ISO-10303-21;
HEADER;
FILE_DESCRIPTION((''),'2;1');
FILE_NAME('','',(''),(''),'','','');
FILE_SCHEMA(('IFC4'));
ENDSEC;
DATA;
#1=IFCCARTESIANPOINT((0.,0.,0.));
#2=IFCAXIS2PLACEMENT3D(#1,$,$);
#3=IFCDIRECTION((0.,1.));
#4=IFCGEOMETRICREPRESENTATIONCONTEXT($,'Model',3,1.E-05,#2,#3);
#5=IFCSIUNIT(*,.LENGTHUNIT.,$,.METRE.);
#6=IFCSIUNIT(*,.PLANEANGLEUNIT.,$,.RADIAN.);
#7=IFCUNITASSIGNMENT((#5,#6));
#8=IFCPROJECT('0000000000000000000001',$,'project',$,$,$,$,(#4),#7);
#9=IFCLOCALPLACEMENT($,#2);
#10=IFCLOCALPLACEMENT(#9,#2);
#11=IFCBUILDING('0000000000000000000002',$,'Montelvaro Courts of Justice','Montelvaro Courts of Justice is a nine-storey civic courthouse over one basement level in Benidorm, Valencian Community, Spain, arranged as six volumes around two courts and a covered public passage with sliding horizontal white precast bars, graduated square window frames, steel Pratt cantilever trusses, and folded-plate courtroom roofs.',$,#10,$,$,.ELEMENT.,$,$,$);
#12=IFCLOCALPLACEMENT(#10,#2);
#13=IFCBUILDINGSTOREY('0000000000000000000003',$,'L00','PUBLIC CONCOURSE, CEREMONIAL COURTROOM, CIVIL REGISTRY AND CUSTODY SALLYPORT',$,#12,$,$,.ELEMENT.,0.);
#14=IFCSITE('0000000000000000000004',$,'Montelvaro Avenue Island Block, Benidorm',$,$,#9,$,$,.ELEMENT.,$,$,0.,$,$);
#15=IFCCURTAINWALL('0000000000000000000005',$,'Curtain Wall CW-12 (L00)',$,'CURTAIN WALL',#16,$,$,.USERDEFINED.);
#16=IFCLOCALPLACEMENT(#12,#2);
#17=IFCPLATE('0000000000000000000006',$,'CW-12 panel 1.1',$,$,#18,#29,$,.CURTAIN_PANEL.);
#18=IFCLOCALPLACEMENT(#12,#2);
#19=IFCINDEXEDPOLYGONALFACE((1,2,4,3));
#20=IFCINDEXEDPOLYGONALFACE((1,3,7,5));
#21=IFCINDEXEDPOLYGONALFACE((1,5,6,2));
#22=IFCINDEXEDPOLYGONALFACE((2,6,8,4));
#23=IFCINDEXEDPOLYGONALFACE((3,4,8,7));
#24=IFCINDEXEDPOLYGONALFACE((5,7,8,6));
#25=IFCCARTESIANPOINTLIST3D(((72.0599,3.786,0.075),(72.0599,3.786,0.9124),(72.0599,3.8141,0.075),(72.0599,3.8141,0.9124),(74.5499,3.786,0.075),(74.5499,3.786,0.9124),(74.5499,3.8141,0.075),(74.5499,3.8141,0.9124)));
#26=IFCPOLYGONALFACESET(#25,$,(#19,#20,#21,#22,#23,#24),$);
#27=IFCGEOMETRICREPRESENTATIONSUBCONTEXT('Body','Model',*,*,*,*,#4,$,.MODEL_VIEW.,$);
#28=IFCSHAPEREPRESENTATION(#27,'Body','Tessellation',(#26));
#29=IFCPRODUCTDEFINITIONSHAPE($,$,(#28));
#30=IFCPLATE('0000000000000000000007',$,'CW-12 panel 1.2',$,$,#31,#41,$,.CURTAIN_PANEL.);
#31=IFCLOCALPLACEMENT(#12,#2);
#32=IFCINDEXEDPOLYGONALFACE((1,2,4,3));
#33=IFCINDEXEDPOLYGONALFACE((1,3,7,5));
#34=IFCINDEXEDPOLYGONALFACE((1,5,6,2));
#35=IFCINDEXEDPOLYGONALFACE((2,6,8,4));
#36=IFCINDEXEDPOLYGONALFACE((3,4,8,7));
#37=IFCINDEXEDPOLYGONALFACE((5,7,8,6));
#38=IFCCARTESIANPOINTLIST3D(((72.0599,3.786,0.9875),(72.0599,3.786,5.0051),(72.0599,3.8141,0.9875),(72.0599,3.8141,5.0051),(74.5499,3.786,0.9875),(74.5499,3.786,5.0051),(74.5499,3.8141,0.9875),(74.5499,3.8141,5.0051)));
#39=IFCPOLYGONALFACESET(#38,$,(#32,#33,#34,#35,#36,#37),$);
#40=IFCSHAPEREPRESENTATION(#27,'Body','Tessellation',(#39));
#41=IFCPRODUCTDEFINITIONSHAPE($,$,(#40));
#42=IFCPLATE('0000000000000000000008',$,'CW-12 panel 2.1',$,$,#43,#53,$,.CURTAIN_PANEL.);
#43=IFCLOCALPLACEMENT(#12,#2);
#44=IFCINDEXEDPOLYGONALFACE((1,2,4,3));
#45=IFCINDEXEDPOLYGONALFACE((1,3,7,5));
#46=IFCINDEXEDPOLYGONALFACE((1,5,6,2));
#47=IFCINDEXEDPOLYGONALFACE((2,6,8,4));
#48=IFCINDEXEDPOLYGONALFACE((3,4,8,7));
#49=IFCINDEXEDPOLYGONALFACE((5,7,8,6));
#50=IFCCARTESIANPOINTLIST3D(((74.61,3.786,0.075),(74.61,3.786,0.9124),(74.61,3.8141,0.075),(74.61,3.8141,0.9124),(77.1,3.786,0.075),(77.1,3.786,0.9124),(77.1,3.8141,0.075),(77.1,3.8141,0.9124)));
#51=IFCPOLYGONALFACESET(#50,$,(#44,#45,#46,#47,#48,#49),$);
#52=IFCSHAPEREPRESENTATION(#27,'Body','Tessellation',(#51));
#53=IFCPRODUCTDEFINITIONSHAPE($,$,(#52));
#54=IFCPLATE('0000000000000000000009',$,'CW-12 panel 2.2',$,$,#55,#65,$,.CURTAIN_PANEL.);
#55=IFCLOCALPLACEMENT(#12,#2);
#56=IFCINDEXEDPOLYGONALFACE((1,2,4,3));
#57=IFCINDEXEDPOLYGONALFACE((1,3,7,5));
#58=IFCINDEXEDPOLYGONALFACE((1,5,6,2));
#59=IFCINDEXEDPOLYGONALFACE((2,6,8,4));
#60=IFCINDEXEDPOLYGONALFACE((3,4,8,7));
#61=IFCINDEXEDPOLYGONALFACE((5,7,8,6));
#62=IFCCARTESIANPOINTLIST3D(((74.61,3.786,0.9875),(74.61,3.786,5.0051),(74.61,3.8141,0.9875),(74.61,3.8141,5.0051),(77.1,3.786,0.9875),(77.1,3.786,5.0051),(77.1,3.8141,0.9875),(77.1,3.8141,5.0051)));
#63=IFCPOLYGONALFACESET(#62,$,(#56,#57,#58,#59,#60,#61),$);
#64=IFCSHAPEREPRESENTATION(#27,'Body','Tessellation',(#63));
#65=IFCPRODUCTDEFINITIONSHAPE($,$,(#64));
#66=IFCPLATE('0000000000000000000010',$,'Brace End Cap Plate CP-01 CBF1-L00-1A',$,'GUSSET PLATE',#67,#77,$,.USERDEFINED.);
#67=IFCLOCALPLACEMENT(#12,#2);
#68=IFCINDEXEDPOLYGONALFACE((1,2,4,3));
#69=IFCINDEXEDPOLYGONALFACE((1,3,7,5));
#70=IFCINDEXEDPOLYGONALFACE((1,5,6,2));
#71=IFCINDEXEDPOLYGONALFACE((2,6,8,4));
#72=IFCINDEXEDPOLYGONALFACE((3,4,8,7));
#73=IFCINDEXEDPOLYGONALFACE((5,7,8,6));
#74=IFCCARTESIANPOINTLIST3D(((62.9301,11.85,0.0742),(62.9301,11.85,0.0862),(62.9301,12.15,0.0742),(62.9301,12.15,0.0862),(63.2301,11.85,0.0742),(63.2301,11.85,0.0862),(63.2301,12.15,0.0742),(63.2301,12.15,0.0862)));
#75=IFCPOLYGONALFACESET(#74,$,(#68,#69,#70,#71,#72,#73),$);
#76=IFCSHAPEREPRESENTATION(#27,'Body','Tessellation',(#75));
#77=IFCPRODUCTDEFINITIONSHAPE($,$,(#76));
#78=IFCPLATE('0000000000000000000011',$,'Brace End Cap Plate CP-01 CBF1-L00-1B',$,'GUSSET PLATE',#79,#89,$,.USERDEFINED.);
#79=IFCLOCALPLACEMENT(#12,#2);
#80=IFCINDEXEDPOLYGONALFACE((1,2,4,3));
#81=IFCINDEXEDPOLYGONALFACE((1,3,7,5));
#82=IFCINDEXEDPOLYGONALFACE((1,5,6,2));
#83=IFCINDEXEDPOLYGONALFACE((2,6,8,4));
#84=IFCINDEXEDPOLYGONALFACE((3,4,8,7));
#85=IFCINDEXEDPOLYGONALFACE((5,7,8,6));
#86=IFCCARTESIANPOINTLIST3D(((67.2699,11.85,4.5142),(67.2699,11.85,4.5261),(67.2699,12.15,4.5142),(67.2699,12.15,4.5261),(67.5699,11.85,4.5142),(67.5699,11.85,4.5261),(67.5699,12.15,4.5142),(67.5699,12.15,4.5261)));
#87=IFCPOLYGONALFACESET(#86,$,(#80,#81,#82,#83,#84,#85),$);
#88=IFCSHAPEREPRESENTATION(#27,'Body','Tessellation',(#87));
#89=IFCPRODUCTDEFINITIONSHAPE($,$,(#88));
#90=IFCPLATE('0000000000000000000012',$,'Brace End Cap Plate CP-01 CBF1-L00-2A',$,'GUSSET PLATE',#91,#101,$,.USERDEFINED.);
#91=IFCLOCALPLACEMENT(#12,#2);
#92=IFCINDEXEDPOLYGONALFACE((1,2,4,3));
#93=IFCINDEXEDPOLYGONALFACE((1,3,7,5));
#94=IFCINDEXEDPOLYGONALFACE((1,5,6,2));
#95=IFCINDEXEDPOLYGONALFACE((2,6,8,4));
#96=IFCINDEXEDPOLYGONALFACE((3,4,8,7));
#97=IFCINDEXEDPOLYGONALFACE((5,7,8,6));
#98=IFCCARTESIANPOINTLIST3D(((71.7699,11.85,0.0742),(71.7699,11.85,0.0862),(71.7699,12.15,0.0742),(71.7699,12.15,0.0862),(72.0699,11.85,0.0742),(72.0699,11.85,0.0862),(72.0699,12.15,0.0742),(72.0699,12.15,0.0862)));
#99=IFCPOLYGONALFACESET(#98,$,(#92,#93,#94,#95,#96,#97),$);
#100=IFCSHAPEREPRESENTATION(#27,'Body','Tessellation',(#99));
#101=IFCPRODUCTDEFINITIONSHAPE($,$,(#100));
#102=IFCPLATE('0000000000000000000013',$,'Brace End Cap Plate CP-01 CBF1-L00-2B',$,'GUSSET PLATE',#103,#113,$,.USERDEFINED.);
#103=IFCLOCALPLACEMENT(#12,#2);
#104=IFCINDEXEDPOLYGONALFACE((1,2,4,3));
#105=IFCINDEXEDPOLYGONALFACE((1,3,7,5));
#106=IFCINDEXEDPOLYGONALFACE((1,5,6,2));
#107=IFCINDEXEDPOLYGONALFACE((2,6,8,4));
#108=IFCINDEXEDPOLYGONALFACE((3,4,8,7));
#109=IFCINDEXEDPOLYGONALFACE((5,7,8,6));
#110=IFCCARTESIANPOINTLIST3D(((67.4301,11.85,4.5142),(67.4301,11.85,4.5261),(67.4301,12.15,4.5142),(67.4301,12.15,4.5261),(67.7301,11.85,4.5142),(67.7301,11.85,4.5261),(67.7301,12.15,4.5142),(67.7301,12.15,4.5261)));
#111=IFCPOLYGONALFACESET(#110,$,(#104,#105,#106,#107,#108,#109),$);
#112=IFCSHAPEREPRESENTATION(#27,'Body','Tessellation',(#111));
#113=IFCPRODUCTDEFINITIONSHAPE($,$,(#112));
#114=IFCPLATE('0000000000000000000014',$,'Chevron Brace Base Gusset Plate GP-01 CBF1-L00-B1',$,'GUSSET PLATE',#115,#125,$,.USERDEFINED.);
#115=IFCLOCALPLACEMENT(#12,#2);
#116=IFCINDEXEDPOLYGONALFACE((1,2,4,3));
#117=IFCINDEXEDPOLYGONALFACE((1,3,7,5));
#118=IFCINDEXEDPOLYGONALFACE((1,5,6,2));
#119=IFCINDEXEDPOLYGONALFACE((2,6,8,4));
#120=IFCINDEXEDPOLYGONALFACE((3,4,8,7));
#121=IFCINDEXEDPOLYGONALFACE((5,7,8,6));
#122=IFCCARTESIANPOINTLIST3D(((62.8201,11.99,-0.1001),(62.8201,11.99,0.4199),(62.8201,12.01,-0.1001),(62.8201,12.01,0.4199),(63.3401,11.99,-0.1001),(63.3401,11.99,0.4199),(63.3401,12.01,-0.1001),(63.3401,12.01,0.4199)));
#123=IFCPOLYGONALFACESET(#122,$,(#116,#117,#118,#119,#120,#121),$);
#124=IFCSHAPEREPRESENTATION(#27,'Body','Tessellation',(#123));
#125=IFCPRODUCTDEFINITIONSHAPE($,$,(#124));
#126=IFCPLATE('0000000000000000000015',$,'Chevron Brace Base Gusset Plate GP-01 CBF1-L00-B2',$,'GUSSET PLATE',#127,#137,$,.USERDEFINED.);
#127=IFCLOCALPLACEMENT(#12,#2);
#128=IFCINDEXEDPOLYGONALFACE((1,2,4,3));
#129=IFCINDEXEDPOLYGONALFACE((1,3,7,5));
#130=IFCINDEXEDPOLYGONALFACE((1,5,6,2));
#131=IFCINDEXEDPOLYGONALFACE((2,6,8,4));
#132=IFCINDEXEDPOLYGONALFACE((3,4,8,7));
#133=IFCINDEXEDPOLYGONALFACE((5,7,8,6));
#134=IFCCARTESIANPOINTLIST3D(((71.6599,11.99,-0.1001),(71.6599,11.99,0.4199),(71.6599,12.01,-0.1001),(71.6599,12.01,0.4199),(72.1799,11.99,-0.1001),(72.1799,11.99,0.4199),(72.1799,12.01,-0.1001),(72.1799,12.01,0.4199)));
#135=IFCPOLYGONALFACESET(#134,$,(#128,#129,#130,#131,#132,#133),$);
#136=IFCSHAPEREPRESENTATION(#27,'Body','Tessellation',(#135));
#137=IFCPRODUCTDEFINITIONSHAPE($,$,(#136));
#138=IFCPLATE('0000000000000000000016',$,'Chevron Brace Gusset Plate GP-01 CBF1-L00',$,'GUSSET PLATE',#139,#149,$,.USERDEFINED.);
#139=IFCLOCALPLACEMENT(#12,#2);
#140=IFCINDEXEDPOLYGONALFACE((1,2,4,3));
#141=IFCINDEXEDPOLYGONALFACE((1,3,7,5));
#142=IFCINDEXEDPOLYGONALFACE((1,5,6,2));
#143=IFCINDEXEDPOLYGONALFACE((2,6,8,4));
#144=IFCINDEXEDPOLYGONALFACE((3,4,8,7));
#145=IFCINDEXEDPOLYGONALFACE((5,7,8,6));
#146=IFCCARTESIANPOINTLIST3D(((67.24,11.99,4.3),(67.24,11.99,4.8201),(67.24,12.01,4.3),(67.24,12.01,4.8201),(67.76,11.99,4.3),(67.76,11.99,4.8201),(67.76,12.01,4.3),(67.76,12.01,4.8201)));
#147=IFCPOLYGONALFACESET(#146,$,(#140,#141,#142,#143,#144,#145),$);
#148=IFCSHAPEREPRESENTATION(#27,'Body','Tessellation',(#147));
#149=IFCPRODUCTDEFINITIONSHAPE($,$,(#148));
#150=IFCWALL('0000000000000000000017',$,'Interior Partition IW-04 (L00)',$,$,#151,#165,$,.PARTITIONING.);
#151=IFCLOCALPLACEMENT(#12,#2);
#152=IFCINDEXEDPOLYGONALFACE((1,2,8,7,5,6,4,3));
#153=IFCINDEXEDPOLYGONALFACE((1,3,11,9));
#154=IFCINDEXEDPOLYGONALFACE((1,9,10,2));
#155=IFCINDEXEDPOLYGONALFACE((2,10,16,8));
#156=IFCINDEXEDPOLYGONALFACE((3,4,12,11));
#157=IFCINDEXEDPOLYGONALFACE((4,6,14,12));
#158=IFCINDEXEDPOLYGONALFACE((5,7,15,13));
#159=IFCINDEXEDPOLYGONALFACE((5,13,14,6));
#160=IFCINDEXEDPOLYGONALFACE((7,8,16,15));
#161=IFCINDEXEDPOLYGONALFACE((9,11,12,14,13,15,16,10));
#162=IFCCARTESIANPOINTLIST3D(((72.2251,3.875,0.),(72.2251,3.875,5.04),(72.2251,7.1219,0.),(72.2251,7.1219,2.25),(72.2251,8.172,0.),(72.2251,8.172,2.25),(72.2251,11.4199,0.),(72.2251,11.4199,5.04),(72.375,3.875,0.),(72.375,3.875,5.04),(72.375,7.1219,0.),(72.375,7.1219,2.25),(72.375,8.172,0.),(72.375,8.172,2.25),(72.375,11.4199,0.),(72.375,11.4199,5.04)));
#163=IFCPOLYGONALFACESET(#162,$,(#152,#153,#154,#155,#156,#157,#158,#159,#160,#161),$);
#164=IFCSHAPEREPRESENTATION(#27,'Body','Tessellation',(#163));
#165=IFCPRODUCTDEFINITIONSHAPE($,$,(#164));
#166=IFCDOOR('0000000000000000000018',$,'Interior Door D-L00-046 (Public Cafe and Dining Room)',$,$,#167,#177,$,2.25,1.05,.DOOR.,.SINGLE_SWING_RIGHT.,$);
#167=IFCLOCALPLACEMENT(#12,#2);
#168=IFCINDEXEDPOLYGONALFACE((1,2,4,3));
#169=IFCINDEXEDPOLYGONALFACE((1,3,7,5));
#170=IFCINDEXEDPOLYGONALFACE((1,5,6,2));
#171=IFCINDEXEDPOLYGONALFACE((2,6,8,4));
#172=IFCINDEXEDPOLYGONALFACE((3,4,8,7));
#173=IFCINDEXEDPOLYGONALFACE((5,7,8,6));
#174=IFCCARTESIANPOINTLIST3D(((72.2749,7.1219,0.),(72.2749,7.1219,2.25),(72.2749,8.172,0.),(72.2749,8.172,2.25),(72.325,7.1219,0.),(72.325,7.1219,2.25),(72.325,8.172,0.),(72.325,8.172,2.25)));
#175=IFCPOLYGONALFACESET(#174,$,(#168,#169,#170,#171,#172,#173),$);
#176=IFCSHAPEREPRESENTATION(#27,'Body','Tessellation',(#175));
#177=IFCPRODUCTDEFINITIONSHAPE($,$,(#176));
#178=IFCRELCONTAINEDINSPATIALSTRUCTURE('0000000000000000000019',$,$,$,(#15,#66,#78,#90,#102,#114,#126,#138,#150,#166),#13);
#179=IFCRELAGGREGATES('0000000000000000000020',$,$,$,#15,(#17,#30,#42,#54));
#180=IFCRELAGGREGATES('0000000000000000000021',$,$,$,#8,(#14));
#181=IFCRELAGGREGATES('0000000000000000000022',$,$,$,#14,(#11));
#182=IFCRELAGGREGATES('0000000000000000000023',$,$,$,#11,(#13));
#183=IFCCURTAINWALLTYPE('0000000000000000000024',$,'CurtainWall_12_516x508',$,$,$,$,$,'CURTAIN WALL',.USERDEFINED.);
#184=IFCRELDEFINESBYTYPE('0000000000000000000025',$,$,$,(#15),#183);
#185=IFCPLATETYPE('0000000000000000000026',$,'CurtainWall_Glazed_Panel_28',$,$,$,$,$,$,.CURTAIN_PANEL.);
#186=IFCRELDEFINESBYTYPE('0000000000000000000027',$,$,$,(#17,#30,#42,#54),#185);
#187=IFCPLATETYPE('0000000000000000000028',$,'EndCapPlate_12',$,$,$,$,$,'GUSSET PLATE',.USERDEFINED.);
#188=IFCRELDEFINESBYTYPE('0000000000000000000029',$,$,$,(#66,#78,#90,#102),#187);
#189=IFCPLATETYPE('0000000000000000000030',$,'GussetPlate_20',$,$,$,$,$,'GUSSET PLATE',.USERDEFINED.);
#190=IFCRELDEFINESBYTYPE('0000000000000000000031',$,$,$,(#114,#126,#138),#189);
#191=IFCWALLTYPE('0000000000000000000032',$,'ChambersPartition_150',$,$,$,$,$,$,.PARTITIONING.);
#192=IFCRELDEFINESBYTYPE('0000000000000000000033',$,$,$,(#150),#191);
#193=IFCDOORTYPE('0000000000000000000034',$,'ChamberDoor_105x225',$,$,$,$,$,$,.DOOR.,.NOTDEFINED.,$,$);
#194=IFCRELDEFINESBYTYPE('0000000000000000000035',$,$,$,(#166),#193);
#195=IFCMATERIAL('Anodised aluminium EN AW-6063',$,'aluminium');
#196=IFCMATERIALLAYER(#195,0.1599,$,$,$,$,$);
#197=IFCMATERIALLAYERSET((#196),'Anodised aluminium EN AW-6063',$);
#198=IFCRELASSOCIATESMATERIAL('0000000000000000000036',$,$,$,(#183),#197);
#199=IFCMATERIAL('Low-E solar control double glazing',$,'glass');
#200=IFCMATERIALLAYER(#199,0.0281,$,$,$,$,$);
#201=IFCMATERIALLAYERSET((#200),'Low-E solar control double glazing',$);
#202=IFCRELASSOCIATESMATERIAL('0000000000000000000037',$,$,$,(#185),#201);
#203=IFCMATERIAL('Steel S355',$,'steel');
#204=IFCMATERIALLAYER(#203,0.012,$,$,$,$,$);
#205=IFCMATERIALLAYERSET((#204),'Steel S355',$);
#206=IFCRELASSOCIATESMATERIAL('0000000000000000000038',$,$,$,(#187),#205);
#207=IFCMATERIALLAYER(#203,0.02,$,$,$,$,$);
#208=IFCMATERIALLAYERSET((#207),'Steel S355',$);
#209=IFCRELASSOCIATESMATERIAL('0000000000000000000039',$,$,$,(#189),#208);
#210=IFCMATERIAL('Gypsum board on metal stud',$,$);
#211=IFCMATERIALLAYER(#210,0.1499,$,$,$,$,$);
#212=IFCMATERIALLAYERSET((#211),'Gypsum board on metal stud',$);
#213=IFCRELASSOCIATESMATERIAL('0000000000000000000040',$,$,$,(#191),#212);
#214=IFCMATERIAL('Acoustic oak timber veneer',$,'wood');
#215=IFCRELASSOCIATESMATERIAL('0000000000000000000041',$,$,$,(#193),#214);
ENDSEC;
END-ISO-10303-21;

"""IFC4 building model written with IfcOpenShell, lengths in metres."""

from ifc_helpers import new_model, si_unit, direction, frame, frame_2d, origin, origin_2d, place, context, subcontext, project, spatial, rectangle, extrude, material, layer, layer_set, type_object, element, fill, aggregate, save


model = new_model("IFC4")

# Units and contexts
model_context = context("Model", 3, precision=1e-05, world=origin(), true_north=direction((0.0, 1.0)))
body_context = subcontext(model_context, "Body", "Model", "MODEL_VIEW")
ifc_project = project(units=[si_unit("LENGTHUNIT", "METRE"), si_unit("PLANEANGLEUNIT", "RADIAN")], contexts=[model_context])

# Site, building, storey
site_placement = place(None, origin())
site = spatial("IfcSite", under=ifc_project, at=site_placement, Name="Montelvaro Avenue Island Block, Benidorm", CompositionType="ELEMENT", RefElevation=0.0)
building_placement = place(site_placement, origin())
building = spatial("IfcBuilding", under=site, at=building_placement, Name="Montelvaro Courts of Justice", Description="Montelvaro Courts of Justice is a nine-storey civic courthouse over one basement level in Benidorm, Valencian Community, Spain, arranged as six volumes around two courts and a covered public passage with sliding horizontal white precast bars, graduated square window frames, steel Pratt cantilever trusses, and folded-plate courtroom roofs.", CompositionType="ELEMENT")
storey_placement = place(building_placement, origin())
storey = spatial("IfcBuildingStorey", under=building, at=storey_placement, Name="L00", Description="PUBLIC CONCOURSE, CEREMONIAL COURTROOM, CIVIL REGISTRY AND CUSTODY SALLYPORT", CompositionType="ELEMENT", Elevation=0.0)

# Shared definitions
ifc_material_1 = material(Name="Steel S355", Category="steel")

# Curtain wall
ifc_material_2 = material(Name="Anodised aluminium EN AW-6063", Category="aluminium")
ifc_layer_1 = layer(ifc_material_2, 0.1599)
ifc_layer_set_1 = layer_set([ifc_layer_1], Name="Anodised aluminium EN AW-6063")
curtain_wall_type = type_object("IfcCurtainWallType", Name="CurtainWall_12_516x508", ElementType="CURTAIN WALL", PredefinedType="USERDEFINED", material=ifc_layer_set_1)
curtain_wall_placement = place(storey_placement, origin())
curtain_wall = element("IfcCurtainWall", 1, at=curtain_wall_placement, inside=storey, type_object=curtain_wall_type, Name="Curtain Wall CW-12 (L00)", ObjectType="CURTAIN WALL", PredefinedType="USERDEFINED")

# Plates
ifc_material_3 = material(Name="Low-E solar control double glazing", Category="glass")
ifc_layer_2 = layer(ifc_material_3, 0.0281)
ifc_layer_set_2 = layer_set([ifc_layer_2], Name="Low-E solar control double glazing")
plate_type_1 = type_object("IfcPlateType", Name="CurtainWall_Glazed_Panel_28", PredefinedType="CURTAIN_PANEL", material=ifc_layer_set_2)
plate_1_placement = place(storey_placement, frame((73.3049, 3.8, 0.075), z_axis=(0.0, 0.0, 1.0), x_axis=(1.0, 0.0, 0.0)))
plate_1 = element("IfcPlate", 2, at=plate_1_placement, type_object=plate_type_1, Name="CW-12 panel 1.1", PredefinedType="CURTAIN_PANEL", context=body_context, shape_type="SweptSolid", body=[
    extrude(rectangle(XDim=2.49, YDim=0.0281, at=origin_2d()), origin(), (0.0, 0.0, 1.0), 0.8374),
])
plate_2_placement = place(storey_placement, frame((73.3049, 3.8, 0.9875), z_axis=(0.0, 0.0, 1.0), x_axis=(1.0, 0.0, 0.0)))
plate_2 = element("IfcPlate", 3, at=plate_2_placement, type_object=plate_type_1, Name="CW-12 panel 1.2", PredefinedType="CURTAIN_PANEL", context=body_context, shape_type="SweptSolid", body=[
    extrude(rectangle(XDim=2.49, YDim=0.0281, at=origin_2d()), origin(), (0.0, 0.0, 1.0), 4.0176),
])
plate_3_placement = place(storey_placement, frame((75.855, 3.8, 0.075), z_axis=(0.0, 0.0, 1.0), x_axis=(1.0, 0.0, 0.0)))
plate_3 = element("IfcPlate", 4, at=plate_3_placement, type_object=plate_type_1, Name="CW-12 panel 2.1", PredefinedType="CURTAIN_PANEL", context=body_context, shape_type="SweptSolid", body=[
    extrude(rectangle(XDim=2.49, YDim=0.0281, at=origin_2d()), origin(), (0.0, 0.0, 1.0), 0.8374),
])
plate_4_placement = place(storey_placement, frame((75.855, 3.8, 0.9875), z_axis=(0.0, 0.0, 1.0), x_axis=(1.0, 0.0, 0.0)))
plate_4 = element("IfcPlate", 5, at=plate_4_placement, type_object=plate_type_1, Name="CW-12 panel 2.2", PredefinedType="CURTAIN_PANEL", context=body_context, shape_type="SweptSolid", body=[
    extrude(rectangle(XDim=2.49, YDim=0.0281, at=origin_2d()), origin(), (0.0, 0.0, 1.0), 4.0176),
])
aggregate(curtain_wall, [plate_1, plate_2, plate_3, plate_4])

# Plates
ifc_layer_3 = layer(ifc_material_1, 0.012)
ifc_layer_set_3 = layer_set([ifc_layer_3], Name="Steel S355")
plate_type_2 = type_object("IfcPlateType", Name="EndCapPlate_12", ElementType="GUSSET PLATE", PredefinedType="USERDEFINED", material=ifc_layer_set_3)
for number, where, z_axis, x_axis, name in (
    (6, (63.0801, 12.0, 0.0742), (0.0, 0.0, 1.0), (1.0, 0.0, 0.0), "Brace End Cap Plate CP-01 CBF1-L00-1A"),
    (7, (67.4199, 12.0, 4.5142), (0.0, 0.0, 1.0), (1.0, 0.0, 0.0), "Brace End Cap Plate CP-01 CBF1-L00-1B"),
    (8, (71.9199, 12.0, 0.0742), (0.0, 0.0, 1.0), (1.0, 0.0, 0.0), "Brace End Cap Plate CP-01 CBF1-L00-2A"),
    (9, (67.5801, 12.0, 4.5142), (0.0, 0.0, 1.0), (1.0, 0.0, 0.0), "Brace End Cap Plate CP-01 CBF1-L00-2B"),
):
    element("IfcPlate", number, at=place(storey_placement, frame(where, z_axis=z_axis, x_axis=x_axis)), inside=storey, type_object=plate_type_2, Name=name, ObjectType="GUSSET PLATE", PredefinedType="USERDEFINED", context=body_context, shape_type="SweptSolid", body=[
        extrude(rectangle(XDim=0.3, YDim=0.3, at=origin_2d()), origin(), (0.0, 0.0, 1.0), 0.012),
    ])
ifc_layer_4 = layer(ifc_material_1, 0.02)
ifc_layer_set_4 = layer_set([ifc_layer_4], Name="Steel S355")
plate_type_3 = type_object("IfcPlateType", Name="GussetPlate_20", ElementType="GUSSET PLATE", PredefinedType="USERDEFINED", material=ifc_layer_set_4)
for number, where, z_axis, x_axis, name in (
    (10, (63.0801, 12.0, -0.1001), (0.0, 0.0, 1.0), (1.0, 0.0, 0.0), "Chevron Brace Base Gusset Plate GP-01 CBF1-L00-B1"),
    (11, (71.9199, 12.0, -0.1001), (0.0, 0.0, 1.0), (1.0, 0.0, 0.0), "Chevron Brace Base Gusset Plate GP-01 CBF1-L00-B2"),
    (12, (67.5, 12.0, 4.3), (0.0, 0.0, 1.0), (1.0, 0.0, 0.0), "Chevron Brace Gusset Plate GP-01 CBF1-L00"),
):
    element("IfcPlate", number, at=place(storey_placement, frame(where, z_axis=z_axis, x_axis=x_axis)), inside=storey, type_object=plate_type_3, Name=name, ObjectType="GUSSET PLATE", PredefinedType="USERDEFINED", context=body_context, shape_type="SweptSolid", body=[
        extrude(rectangle(XDim=0.52, YDim=0.02, at=origin_2d()), origin(), (0.0, 0.0, 1.0), 0.52),
    ])

# Wall, opening, door
ifc_material_4 = material(Name="Gypsum board on metal stud")
ifc_layer_5 = layer(ifc_material_4, 0.1499)
ifc_layer_set_5 = layer_set([ifc_layer_5], Name="Gypsum board on metal stud")
wall_type_1 = type_object("IfcWallType", Name="ChambersPartition_150", PredefinedType="PARTITIONING", material=ifc_layer_set_5)
wall_1_placement = place(storey_placement, frame((72.3, 11.4199, 0.0), z_axis=(0.0, 0.0, 1.0), x_axis=(0.0, -1.0, 0.0)))
wall_1 = element("IfcWall", 13, at=wall_1_placement, inside=storey, type_object=wall_type_1, Name="Interior Partition IW-04 (L00)", PredefinedType="PARTITIONING", context=body_context, shape_type="SweptSolid", body=[
    extrude(rectangle(XDim=7.5449, YDim=0.1499, at=frame_2d((3.7725, 0.0))), origin(), (0.0, 0.0, 1.0), 5.04),
])
opening_1_placement = place(wall_1_placement, frame((3.248, 0.0, 0.0)))
opening_1 = element("IfcOpeningElement", 14, at=opening_1_placement, cuts=wall_1, PredefinedType="OPENING", context=body_context, shape_type="SweptSolid", body=[
    extrude(rectangle(XDim=1.05, YDim=2.25, at=frame_2d((0.5249, 1.125))), frame((0.0, 0.0898, 0.0), z_axis=(0.0, -1.0, 0.0), x_axis=(1.0, 0.0, 0.0)), (0.0, 0.0, 1.0), 0.1797),
])
ifc_material_5 = material(Name="Acoustic oak timber veneer", Category="wood")
door_type_1 = type_object("IfcDoorType", Name="ChamberDoor_105x225", OperationType="NOTDEFINED", PredefinedType="DOOR", material=ifc_material_5)
door_1_placement = place(opening_1_placement, origin())
door_1 = element("IfcDoor", 15, at=door_1_placement, inside=storey, type_object=door_type_1, Name="Interior Door D-L00-046 (Public Cafe and Dining Room)", OperationType="SINGLE_SWING_RIGHT", OverallHeight=2.25, OverallWidth=1.05, PredefinedType="DOOR", context=body_context, shape_type="SweptSolid", body=[
    extrude(rectangle(XDim=1.05, YDim=2.25, at=frame_2d((0.5249, 1.125))), frame((0.0, 0.0249, 0.0), z_axis=(0.0, -1.0, 0.0), x_axis=(1.0, 0.0, 0.0)), (0.0, 0.0, 1.0), 0.05),
])
fill(opening_1, door_1)

save(model, "model.ifc")
